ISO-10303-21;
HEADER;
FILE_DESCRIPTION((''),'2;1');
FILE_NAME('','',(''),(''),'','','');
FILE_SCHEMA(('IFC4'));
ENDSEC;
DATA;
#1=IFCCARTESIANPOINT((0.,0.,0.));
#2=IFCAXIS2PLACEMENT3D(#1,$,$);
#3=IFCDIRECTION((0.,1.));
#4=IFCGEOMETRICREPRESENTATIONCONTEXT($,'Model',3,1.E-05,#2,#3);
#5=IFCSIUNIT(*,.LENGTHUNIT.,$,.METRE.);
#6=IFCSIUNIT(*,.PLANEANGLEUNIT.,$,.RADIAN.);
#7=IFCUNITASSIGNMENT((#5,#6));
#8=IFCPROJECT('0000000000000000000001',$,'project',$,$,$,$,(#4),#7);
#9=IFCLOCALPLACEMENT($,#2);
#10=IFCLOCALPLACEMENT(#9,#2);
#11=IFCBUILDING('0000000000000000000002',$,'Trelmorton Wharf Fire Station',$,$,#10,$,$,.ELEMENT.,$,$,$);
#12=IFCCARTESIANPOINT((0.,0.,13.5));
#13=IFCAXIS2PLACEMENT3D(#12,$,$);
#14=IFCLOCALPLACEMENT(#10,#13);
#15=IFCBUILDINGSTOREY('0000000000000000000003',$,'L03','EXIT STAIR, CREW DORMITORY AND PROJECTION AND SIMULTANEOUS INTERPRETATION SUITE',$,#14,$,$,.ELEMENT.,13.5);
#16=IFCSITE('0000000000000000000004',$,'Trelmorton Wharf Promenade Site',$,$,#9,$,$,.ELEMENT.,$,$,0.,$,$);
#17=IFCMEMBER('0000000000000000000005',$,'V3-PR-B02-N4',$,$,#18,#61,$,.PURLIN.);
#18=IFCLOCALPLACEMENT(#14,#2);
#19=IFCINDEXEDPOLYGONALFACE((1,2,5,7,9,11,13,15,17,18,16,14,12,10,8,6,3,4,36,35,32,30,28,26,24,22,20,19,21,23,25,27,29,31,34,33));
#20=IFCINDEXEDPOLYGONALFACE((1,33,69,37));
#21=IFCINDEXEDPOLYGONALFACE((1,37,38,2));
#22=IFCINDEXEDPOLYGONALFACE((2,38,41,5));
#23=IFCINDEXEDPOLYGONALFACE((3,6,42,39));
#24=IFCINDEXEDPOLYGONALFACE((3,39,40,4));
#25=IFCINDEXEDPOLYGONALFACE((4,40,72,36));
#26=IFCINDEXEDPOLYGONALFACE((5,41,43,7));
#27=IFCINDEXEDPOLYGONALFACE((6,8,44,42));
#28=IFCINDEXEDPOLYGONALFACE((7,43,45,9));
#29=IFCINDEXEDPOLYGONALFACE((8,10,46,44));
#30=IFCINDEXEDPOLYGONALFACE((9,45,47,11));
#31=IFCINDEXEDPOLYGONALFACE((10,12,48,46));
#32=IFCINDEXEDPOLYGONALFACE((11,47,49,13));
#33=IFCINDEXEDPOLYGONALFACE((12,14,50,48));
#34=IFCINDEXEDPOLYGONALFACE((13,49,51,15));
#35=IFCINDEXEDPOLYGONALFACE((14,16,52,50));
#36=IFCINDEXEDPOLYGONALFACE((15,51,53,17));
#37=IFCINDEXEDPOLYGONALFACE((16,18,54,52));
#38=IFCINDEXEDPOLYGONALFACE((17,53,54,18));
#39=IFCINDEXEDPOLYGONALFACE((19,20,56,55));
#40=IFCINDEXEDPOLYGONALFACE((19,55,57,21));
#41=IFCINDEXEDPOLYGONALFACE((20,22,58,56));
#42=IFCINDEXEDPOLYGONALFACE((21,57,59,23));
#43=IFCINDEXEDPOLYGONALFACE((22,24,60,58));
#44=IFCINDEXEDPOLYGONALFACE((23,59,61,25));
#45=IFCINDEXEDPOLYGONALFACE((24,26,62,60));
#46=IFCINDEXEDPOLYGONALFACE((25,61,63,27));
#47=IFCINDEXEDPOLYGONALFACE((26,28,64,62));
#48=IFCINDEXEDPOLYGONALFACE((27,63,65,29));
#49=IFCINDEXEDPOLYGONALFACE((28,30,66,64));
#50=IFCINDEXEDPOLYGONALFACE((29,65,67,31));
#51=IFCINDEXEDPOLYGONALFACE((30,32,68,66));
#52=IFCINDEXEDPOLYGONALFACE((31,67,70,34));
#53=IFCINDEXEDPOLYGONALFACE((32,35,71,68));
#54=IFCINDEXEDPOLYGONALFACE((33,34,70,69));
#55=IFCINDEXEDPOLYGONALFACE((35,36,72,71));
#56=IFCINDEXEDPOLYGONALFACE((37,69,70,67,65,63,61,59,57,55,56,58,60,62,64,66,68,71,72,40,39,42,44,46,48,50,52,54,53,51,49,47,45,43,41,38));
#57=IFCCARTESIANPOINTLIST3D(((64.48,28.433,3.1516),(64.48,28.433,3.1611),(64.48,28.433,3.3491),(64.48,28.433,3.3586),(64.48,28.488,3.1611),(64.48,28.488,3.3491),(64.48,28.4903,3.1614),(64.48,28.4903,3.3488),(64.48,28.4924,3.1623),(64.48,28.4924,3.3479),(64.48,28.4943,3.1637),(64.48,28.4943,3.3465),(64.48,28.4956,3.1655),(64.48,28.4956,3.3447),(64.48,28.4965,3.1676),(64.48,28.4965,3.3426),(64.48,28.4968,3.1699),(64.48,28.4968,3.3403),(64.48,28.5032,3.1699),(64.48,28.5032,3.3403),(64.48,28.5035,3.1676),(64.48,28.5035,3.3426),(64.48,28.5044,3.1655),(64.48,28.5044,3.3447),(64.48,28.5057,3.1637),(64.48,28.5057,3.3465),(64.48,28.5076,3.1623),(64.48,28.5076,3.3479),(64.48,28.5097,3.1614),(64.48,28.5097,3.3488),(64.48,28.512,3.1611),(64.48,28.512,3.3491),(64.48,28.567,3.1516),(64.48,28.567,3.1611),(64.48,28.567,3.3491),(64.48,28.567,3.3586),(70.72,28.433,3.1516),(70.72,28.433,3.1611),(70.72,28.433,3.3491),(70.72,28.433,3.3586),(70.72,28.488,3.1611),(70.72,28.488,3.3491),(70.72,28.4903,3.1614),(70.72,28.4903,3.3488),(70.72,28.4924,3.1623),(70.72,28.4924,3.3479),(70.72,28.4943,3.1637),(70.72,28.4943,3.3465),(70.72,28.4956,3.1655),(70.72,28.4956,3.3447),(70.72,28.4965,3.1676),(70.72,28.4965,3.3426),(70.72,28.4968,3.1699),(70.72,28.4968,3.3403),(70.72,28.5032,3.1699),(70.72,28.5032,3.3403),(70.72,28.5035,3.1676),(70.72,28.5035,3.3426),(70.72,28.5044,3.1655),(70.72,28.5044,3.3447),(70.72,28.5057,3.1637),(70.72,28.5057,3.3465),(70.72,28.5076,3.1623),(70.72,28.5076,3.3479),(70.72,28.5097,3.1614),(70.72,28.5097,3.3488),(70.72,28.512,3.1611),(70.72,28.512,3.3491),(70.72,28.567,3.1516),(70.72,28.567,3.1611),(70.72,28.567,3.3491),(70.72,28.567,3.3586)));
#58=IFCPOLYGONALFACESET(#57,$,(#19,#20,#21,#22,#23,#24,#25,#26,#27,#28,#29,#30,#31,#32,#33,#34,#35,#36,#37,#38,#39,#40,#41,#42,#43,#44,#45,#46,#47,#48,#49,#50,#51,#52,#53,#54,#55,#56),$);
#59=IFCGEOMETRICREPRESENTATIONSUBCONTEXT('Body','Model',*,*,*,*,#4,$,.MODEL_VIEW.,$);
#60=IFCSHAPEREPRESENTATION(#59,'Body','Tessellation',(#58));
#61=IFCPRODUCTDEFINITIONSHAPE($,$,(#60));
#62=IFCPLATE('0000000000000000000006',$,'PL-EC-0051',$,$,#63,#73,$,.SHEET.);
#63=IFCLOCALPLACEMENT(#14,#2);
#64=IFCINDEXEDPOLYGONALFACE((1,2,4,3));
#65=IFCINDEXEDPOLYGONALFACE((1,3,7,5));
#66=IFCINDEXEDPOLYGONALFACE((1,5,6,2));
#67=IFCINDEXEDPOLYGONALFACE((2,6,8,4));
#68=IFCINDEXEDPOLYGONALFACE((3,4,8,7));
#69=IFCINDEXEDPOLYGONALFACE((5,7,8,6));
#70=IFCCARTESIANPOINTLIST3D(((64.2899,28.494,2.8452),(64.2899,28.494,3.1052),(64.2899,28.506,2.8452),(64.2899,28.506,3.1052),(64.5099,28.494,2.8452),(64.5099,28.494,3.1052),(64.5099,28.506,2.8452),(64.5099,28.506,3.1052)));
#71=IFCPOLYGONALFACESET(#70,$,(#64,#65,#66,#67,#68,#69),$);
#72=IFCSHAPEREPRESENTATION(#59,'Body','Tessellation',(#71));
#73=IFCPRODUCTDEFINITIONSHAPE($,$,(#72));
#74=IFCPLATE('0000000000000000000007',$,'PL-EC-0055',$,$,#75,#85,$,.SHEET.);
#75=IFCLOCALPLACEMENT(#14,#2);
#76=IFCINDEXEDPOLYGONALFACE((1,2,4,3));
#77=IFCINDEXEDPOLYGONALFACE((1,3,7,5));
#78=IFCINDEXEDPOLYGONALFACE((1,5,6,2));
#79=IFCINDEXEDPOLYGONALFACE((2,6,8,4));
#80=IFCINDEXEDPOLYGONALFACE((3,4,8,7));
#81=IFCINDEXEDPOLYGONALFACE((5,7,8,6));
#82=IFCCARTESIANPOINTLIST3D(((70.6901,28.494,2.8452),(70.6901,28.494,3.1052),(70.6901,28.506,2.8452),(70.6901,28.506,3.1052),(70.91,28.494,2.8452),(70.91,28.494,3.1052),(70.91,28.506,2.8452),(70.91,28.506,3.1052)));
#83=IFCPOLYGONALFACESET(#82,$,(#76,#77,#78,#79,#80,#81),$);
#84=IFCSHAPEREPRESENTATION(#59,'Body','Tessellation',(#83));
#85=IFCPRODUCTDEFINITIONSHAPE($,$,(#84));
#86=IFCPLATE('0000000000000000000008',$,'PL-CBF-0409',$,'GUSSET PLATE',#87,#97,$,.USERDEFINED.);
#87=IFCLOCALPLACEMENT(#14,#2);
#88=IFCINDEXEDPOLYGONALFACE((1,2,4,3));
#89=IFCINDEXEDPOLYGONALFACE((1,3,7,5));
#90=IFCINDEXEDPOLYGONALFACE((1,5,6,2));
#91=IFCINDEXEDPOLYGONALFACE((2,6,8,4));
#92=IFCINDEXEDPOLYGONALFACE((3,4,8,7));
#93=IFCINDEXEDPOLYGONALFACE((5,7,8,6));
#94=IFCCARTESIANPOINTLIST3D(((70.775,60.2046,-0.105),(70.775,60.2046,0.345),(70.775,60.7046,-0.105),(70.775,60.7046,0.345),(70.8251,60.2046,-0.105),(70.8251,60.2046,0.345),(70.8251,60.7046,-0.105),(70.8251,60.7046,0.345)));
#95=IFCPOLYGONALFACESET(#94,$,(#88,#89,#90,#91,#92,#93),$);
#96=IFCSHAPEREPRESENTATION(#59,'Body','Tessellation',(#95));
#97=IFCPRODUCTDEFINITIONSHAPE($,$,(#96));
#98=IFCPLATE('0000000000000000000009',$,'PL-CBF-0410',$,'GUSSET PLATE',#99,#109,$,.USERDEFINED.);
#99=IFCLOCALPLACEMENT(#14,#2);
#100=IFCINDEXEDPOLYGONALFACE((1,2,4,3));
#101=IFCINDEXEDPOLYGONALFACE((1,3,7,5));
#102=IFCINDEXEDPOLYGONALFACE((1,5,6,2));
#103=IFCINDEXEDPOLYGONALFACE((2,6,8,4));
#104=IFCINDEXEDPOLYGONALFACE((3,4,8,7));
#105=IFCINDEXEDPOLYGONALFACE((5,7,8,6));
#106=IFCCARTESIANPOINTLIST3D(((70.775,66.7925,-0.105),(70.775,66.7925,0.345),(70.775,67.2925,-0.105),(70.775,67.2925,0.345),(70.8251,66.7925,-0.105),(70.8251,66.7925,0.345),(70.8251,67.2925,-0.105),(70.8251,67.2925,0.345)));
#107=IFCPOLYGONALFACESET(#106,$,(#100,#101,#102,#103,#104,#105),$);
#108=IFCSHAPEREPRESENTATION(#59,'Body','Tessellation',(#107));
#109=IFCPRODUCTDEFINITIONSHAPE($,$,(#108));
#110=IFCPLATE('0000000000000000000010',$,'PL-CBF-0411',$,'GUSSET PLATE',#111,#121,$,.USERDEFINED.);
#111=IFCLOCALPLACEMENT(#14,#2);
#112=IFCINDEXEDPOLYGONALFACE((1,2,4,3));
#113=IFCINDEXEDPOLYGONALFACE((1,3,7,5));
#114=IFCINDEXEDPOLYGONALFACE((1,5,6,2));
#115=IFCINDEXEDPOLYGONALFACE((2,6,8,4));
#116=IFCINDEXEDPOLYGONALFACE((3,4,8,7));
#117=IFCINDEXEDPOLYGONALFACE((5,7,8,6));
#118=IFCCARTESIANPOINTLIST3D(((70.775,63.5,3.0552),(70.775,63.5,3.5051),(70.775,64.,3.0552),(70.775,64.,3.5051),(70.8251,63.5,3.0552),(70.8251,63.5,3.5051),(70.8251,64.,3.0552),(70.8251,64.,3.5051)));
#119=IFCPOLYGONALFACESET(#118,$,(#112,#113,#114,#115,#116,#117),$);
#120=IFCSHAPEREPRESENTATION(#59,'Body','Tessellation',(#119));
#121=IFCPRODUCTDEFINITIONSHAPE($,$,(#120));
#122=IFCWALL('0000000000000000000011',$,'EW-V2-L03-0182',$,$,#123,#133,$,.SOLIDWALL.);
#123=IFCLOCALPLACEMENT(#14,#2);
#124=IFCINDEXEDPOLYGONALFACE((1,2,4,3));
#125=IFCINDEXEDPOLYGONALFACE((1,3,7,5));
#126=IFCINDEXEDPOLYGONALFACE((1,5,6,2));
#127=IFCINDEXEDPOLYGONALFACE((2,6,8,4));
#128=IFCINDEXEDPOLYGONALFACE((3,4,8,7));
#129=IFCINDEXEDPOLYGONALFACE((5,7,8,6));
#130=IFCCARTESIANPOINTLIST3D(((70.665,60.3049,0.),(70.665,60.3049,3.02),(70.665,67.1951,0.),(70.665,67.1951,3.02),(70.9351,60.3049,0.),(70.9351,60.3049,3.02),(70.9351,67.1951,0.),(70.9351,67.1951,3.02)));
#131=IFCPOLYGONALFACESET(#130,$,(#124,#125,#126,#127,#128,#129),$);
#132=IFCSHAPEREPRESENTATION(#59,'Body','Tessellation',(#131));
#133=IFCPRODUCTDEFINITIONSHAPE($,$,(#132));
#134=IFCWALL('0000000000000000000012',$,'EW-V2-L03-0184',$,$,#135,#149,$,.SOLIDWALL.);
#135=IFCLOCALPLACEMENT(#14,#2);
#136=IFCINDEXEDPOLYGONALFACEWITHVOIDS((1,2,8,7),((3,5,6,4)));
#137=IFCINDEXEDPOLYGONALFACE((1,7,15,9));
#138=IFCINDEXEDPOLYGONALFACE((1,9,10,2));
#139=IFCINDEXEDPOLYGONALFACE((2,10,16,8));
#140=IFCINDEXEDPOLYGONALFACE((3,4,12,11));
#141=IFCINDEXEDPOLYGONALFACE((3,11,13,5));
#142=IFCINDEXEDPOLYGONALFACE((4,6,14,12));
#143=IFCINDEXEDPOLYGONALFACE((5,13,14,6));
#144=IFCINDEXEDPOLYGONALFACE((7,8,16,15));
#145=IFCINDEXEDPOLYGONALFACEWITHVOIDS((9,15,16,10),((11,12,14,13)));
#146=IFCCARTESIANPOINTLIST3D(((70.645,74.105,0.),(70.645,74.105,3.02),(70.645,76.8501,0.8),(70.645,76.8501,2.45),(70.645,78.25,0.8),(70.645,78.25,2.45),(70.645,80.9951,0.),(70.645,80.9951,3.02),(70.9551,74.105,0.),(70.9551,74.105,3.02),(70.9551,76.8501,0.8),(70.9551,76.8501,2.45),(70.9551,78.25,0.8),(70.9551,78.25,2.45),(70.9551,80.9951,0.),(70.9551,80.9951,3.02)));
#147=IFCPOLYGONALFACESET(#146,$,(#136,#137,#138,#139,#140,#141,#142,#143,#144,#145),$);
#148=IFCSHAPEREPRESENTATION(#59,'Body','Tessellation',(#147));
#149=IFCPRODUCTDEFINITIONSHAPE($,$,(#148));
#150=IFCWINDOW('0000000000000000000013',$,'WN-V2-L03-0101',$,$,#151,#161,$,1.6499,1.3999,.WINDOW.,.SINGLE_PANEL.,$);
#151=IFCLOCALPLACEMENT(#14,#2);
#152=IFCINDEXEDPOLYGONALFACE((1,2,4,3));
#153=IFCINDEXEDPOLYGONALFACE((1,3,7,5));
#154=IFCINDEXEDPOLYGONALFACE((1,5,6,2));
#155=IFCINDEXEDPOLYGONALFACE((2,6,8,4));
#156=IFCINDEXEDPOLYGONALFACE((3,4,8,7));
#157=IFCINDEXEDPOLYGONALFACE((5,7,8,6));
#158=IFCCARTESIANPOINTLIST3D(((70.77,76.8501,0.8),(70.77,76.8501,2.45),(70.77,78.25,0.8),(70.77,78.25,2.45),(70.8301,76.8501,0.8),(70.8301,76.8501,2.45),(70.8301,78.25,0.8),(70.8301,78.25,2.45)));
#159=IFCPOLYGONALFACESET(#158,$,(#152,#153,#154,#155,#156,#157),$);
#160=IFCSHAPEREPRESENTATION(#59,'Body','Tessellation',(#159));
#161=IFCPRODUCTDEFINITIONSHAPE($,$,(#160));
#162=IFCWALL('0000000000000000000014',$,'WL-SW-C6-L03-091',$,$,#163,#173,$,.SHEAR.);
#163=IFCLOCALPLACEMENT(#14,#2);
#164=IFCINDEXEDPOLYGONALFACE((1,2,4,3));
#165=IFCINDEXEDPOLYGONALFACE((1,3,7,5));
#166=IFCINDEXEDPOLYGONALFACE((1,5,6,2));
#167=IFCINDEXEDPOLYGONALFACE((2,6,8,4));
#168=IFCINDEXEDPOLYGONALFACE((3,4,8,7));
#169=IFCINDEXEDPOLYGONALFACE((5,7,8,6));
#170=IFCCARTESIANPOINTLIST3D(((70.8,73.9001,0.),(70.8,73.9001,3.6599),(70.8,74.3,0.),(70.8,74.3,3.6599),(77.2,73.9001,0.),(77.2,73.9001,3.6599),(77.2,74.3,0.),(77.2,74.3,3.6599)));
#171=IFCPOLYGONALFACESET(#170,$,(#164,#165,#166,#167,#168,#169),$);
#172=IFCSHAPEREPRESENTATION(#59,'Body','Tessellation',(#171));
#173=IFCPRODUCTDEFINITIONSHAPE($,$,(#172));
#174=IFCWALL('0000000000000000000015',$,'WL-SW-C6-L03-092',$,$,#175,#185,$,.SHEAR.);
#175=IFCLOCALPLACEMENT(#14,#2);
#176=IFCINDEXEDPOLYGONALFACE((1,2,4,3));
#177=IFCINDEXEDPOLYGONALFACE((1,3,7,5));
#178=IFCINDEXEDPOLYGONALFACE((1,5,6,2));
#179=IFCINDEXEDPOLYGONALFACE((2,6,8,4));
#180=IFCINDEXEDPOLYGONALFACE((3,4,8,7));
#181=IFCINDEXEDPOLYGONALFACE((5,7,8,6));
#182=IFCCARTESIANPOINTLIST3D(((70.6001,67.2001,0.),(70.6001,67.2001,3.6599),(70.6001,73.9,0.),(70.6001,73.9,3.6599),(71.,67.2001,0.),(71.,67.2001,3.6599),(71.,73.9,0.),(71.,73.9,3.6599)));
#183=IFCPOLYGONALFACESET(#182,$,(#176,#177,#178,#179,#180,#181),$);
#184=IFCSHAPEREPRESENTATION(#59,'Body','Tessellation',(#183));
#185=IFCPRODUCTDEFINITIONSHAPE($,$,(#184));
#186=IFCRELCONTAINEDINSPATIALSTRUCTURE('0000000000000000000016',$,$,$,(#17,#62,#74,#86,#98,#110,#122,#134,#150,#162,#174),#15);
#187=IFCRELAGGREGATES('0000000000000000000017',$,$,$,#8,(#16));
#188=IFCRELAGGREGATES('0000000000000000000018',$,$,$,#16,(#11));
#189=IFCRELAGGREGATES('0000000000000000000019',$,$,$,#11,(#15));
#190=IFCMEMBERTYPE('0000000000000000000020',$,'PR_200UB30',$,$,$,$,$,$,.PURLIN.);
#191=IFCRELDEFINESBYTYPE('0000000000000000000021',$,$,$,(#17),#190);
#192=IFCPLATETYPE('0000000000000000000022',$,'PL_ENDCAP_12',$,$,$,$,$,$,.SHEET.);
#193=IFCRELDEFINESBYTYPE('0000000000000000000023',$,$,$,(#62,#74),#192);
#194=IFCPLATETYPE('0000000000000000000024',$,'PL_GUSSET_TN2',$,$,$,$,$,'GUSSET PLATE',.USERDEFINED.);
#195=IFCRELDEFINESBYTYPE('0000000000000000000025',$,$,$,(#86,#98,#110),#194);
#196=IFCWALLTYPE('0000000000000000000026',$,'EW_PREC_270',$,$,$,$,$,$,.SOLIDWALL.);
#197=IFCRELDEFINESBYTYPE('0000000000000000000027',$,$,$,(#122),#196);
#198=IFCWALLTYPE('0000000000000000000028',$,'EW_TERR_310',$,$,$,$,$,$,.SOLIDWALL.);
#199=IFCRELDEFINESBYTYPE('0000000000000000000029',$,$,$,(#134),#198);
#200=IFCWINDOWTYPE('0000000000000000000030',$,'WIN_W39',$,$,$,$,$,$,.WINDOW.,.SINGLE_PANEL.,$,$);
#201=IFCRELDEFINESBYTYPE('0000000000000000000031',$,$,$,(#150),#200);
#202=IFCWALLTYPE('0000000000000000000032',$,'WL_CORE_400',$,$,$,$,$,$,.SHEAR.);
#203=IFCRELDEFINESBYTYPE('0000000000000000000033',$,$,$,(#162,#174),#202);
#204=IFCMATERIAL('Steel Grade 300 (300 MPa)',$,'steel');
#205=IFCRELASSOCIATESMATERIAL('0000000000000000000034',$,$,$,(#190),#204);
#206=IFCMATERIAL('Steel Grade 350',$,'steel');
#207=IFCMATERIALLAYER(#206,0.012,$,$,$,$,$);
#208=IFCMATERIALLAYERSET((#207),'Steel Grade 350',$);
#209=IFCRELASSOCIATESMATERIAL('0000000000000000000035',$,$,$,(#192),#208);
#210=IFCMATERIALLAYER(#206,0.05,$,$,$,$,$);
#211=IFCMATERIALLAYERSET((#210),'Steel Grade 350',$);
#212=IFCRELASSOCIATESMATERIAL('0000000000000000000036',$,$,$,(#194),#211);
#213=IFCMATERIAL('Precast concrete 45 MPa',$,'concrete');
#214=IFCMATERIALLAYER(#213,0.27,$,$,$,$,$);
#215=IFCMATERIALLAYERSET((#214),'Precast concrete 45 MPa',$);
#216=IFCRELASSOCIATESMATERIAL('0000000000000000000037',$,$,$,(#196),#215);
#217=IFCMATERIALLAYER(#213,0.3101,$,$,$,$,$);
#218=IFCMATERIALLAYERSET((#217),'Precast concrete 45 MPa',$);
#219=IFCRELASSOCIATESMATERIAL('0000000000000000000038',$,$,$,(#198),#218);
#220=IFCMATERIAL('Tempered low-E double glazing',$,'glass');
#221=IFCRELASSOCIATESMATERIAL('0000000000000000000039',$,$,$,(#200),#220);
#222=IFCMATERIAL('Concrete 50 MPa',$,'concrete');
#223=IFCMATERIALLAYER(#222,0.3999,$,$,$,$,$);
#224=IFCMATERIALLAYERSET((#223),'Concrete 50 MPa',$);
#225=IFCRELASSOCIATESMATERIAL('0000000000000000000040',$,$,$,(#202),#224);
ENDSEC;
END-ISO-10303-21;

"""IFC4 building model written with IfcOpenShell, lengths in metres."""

from ifc_helpers import new_model, si_unit, direction, frame, frame_2d, origin, origin_2d, place, context, subcontext, project, spatial, rectangle, i_section, extrude, material, layer, layer_set, material_profile, profile_set, type_object, element, fill, save


model = new_model("IFC4")

# Units and contexts
model_context = context("Model", 3, precision=1e-05, world=origin(), true_north=direction((0.0, 1.0)))
body_context = subcontext(model_context, "Body", "Model", "MODEL_VIEW")
ifc_project = project(units=[si_unit("LENGTHUNIT", "METRE"), si_unit("PLANEANGLEUNIT", "RADIAN")], contexts=[model_context])

# Site, building, storey
site_placement = place(None, origin())
site = spatial("IfcSite", under=ifc_project, at=site_placement, Name="Trelmorton Wharf Promenade Site", CompositionType="ELEMENT", RefElevation=0.0)
building_placement = place(site_placement, origin())
building = spatial("IfcBuilding", under=site, at=building_placement, Name="Trelmorton Wharf Fire Station", CompositionType="ELEMENT")
storey_placement = place(building_placement, frame((0.0, 0.0, 13.5)))
storey = spatial("IfcBuildingStorey", under=building, at=storey_placement, Name="L03", Description="EXIT STAIR, CREW DORMITORY AND PROJECTION AND SIMULTANEOUS INTERPRETATION SUITE", CompositionType="ELEMENT", Elevation=13.5)

# Shared definitions
ifc_material_1 = material(Name="Steel Grade 350", Category="steel")

# Member
ifc_material_2 = material(Name="Steel Grade 300 (300 MPa)", Category="steel")
ifc_material_profile_1 = material_profile(ifc_material_2, i_section(OverallWidth=0.134, OverallDepth=0.207, WebThickness=0.0063, FlangeThickness=0.0095, FilletRadius=0.0088, at=origin_2d()), Name="200UB29.8")
ifc_profile_set_1 = profile_set([ifc_material_profile_1], Name="Steel Grade 300 (300 MPa)")
member_type_1 = type_object("IfcMemberType", Name="PR_200UB30", PredefinedType="PURLIN", material=ifc_profile_set_1)
member_1_placement = place(storey_placement, frame((64.48, 28.5, 3.2551), z_axis=(1.0, 0.0, 0.0), x_axis=(0.0, 1.0, 0.0)))
element("IfcMember", 1, at=member_1_placement, inside=storey, type_object=member_type_1, Name="V3-PR-B02-N4", PredefinedType="PURLIN", context=body_context, shape_type="SweptSolid", body=[
    extrude(i_section(OverallWidth=0.134, OverallDepth=0.207, WebThickness=0.0063, FlangeThickness=0.0095, FilletRadius=0.0088, at=origin_2d()), origin(), (0.0, 0.0, 1.0), 6.24),
])

# Plates
ifc_layer_1 = layer(ifc_material_1, 0.012)
ifc_layer_set_1 = layer_set([ifc_layer_1], Name="Steel Grade 350")
plate_type_1 = type_object("IfcPlateType", Name="PL_ENDCAP_12", PredefinedType="SHEET", material=ifc_layer_set_1)
for number, where, z_axis, x_axis, name in (
    (2, (64.3999, 28.5, 2.8452), (0.0, 0.0, 1.0), (1.0, 0.0, 0.0), "PL-EC-0051"),
    (3, (70.8, 28.5, 2.8452), (0.0, 0.0, 1.0), (1.0, 0.0, 0.0), "PL-EC-0055"),
):
    element("IfcPlate", number, at=place(storey_placement, frame(where, z_axis=z_axis, x_axis=x_axis)), inside=storey, type_object=plate_type_1, Name=name, PredefinedType="SHEET", context=body_context, shape_type="SweptSolid", body=[
        extrude(rectangle(XDim=0.22, YDim=0.012, at=origin_2d()), origin(), (0.0, 0.0, 1.0), 0.26),
    ])
ifc_layer_2 = layer(ifc_material_1, 0.05)
ifc_layer_set_2 = layer_set([ifc_layer_2], Name="Steel Grade 350")
plate_type_2 = type_object("IfcPlateType", Name="PL_GUSSET_TN2", ElementType="GUSSET PLATE", PredefinedType="USERDEFINED", material=ifc_layer_set_2)
for number, where, z_axis, x_axis, name in (
    (4, (70.8, 60.4546, -0.105), (0.0, 0.0, 1.0), (1.0, 0.0, 0.0), "PL-CBF-0409"),
    (5, (70.8, 67.0425, -0.105), (0.0, 0.0, 1.0), (1.0, 0.0, 0.0), "PL-CBF-0410"),
    (6, (70.8, 63.75, 3.0552), (0.0, 0.0, 1.0), (1.0, 0.0, 0.0), "PL-CBF-0411"),
):
    element("IfcPlate", number, at=place(storey_placement, frame(where, z_axis=z_axis, x_axis=x_axis)), inside=storey, type_object=plate_type_2, Name=name, ObjectType="GUSSET PLATE", PredefinedType="USERDEFINED", context=body_context, shape_type="SweptSolid", body=[
        extrude(rectangle(XDim=0.05, YDim=0.5, at=origin_2d()), origin(), (0.0, 0.0, 1.0), 0.45),
    ])

# Wall
ifc_material_3 = material(Name="Precast concrete 45 MPa", Category="concrete")
ifc_layer_3 = layer(ifc_material_3, 0.27)
ifc_layer_set_3 = layer_set([ifc_layer_3], Name="Precast concrete 45 MPa")
wall_type_1 = type_object("IfcWallType", Name="EW_PREC_270", PredefinedType="SOLIDWALL", material=ifc_layer_set_3)
wall_1_placement = place(storey_placement, frame((70.8, 60.3049, 0.0), z_axis=(0.0, 0.0, 1.0), x_axis=(0.0, 1.0, 0.0)))
element("IfcWall", 7, at=wall_1_placement, inside=storey, type_object=wall_type_1, Name="EW-V2-L03-0182", PredefinedType="SOLIDWALL", context=body_context, shape_type="SweptSolid", body=[
    extrude(rectangle(XDim=6.8901, YDim=0.27, at=frame_2d((3.4451, 0.0))), origin(), (0.0, 0.0, 1.0), 3.02),
])

# Wall, opening, window
ifc_layer_4 = layer(ifc_material_3, 0.3101)
ifc_layer_set_4 = layer_set([ifc_layer_4], Name="Precast concrete 45 MPa")
wall_type_2 = type_object("IfcWallType", Name="EW_TERR_310", PredefinedType="SOLIDWALL", material=ifc_layer_set_4)
wall_2_placement = place(storey_placement, frame((70.8, 74.105, 0.0), z_axis=(0.0, 0.0, 1.0), x_axis=(0.0, 1.0, 0.0)))
wall_2 = element("IfcWall", 8, at=wall_2_placement, inside=storey, type_object=wall_type_2, Name="EW-V2-L03-0184", PredefinedType="SOLIDWALL", context=body_context, shape_type="SweptSolid", body=[
    extrude(rectangle(XDim=6.8901, YDim=0.3101, at=frame_2d((3.4451, 0.0))), origin(), (0.0, 0.0, 1.0), 3.02),
])
opening_placement = place(wall_2_placement, frame((2.7451, 0.0, 0.8)))
opening = element("IfcOpeningElement", 9, at=opening_placement, cuts=wall_2, PredefinedType="OPENING", context=body_context, shape_type="SweptSolid", body=[
    extrude(rectangle(XDim=1.3999, YDim=1.6499, at=frame_2d((0.7, 0.825))), frame((0.0, 0.165, 0.0), z_axis=(0.0, -1.0, 0.0), x_axis=(1.0, 0.0, 0.0)), (0.0, 0.0, 1.0), 0.3301),
])
ifc_material_4 = material(Name="Tempered low-E double glazing", Category="glass")
window_type = type_object("IfcWindowType", Name="WIN_W39", PartitioningType="SINGLE_PANEL", PredefinedType="WINDOW", material=ifc_material_4)
window_placement = place(opening_placement, origin())
window = element("IfcWindow", 10, at=window_placement, inside=storey, type_object=window_type, Name="WN-V2-L03-0101", OverallHeight=1.6499, OverallWidth=1.3999, PartitioningType="SINGLE_PANEL", PredefinedType="WINDOW", context=body_context, shape_type="SweptSolid", body=[
    extrude(rectangle(XDim=1.3999, YDim=1.6499, at=frame_2d((0.7, 0.825))), frame((0.0, 0.03, 0.0), z_axis=(0.0, -1.0, 0.0), x_axis=(1.0, 0.0, 0.0)), (0.0, 0.0, 1.0), 0.0601),
])
fill(opening, window)

# Walls
ifc_material_5 = material(Name="Concrete 50 MPa", Category="concrete")
ifc_layer_5 = layer(ifc_material_5, 0.3999)
ifc_layer_set_5 = layer_set([ifc_layer_5], Name="Concrete 50 MPa")
wall_type_3 = type_object("IfcWallType", Name="WL_CORE_400", PredefinedType="SHEAR", material=ifc_layer_set_5)
wall_3_placement = place(storey_placement, frame((70.8, 74.1001, 0.0), z_axis=(0.0, 0.0, 1.0), x_axis=(1.0, 0.0, 0.0)))
element("IfcWall", 11, at=wall_3_placement, inside=storey, type_object=wall_type_3, Name="WL-SW-C6-L03-091", PredefinedType="SHEAR", context=body_context, shape_type="SweptSolid", body=[
    extrude(rectangle(XDim=6.3999, YDim=0.3999, at=frame_2d((3.2, 0.0))), origin(), (0.0, 0.0, 1.0), 3.6599),
])
wall_4_placement = place(storey_placement, frame((70.8, 67.2, 0.0), z_axis=(0.0, 0.0, 1.0), x_axis=(0.0, 1.0, 0.0)))
element("IfcWall", 12, at=wall_4_placement, inside=storey, type_object=wall_type_3, Name="WL-SW-C6-L03-092", PredefinedType="SHEAR", context=body_context, shape_type="SweptSolid", body=[
    extrude(rectangle(XDim=6.7, YDim=0.3999, at=frame_2d((3.3501, 0.0))), origin(), (0.0, 0.0, 1.0), 3.6599),
])

save(model, "model.ifc")
